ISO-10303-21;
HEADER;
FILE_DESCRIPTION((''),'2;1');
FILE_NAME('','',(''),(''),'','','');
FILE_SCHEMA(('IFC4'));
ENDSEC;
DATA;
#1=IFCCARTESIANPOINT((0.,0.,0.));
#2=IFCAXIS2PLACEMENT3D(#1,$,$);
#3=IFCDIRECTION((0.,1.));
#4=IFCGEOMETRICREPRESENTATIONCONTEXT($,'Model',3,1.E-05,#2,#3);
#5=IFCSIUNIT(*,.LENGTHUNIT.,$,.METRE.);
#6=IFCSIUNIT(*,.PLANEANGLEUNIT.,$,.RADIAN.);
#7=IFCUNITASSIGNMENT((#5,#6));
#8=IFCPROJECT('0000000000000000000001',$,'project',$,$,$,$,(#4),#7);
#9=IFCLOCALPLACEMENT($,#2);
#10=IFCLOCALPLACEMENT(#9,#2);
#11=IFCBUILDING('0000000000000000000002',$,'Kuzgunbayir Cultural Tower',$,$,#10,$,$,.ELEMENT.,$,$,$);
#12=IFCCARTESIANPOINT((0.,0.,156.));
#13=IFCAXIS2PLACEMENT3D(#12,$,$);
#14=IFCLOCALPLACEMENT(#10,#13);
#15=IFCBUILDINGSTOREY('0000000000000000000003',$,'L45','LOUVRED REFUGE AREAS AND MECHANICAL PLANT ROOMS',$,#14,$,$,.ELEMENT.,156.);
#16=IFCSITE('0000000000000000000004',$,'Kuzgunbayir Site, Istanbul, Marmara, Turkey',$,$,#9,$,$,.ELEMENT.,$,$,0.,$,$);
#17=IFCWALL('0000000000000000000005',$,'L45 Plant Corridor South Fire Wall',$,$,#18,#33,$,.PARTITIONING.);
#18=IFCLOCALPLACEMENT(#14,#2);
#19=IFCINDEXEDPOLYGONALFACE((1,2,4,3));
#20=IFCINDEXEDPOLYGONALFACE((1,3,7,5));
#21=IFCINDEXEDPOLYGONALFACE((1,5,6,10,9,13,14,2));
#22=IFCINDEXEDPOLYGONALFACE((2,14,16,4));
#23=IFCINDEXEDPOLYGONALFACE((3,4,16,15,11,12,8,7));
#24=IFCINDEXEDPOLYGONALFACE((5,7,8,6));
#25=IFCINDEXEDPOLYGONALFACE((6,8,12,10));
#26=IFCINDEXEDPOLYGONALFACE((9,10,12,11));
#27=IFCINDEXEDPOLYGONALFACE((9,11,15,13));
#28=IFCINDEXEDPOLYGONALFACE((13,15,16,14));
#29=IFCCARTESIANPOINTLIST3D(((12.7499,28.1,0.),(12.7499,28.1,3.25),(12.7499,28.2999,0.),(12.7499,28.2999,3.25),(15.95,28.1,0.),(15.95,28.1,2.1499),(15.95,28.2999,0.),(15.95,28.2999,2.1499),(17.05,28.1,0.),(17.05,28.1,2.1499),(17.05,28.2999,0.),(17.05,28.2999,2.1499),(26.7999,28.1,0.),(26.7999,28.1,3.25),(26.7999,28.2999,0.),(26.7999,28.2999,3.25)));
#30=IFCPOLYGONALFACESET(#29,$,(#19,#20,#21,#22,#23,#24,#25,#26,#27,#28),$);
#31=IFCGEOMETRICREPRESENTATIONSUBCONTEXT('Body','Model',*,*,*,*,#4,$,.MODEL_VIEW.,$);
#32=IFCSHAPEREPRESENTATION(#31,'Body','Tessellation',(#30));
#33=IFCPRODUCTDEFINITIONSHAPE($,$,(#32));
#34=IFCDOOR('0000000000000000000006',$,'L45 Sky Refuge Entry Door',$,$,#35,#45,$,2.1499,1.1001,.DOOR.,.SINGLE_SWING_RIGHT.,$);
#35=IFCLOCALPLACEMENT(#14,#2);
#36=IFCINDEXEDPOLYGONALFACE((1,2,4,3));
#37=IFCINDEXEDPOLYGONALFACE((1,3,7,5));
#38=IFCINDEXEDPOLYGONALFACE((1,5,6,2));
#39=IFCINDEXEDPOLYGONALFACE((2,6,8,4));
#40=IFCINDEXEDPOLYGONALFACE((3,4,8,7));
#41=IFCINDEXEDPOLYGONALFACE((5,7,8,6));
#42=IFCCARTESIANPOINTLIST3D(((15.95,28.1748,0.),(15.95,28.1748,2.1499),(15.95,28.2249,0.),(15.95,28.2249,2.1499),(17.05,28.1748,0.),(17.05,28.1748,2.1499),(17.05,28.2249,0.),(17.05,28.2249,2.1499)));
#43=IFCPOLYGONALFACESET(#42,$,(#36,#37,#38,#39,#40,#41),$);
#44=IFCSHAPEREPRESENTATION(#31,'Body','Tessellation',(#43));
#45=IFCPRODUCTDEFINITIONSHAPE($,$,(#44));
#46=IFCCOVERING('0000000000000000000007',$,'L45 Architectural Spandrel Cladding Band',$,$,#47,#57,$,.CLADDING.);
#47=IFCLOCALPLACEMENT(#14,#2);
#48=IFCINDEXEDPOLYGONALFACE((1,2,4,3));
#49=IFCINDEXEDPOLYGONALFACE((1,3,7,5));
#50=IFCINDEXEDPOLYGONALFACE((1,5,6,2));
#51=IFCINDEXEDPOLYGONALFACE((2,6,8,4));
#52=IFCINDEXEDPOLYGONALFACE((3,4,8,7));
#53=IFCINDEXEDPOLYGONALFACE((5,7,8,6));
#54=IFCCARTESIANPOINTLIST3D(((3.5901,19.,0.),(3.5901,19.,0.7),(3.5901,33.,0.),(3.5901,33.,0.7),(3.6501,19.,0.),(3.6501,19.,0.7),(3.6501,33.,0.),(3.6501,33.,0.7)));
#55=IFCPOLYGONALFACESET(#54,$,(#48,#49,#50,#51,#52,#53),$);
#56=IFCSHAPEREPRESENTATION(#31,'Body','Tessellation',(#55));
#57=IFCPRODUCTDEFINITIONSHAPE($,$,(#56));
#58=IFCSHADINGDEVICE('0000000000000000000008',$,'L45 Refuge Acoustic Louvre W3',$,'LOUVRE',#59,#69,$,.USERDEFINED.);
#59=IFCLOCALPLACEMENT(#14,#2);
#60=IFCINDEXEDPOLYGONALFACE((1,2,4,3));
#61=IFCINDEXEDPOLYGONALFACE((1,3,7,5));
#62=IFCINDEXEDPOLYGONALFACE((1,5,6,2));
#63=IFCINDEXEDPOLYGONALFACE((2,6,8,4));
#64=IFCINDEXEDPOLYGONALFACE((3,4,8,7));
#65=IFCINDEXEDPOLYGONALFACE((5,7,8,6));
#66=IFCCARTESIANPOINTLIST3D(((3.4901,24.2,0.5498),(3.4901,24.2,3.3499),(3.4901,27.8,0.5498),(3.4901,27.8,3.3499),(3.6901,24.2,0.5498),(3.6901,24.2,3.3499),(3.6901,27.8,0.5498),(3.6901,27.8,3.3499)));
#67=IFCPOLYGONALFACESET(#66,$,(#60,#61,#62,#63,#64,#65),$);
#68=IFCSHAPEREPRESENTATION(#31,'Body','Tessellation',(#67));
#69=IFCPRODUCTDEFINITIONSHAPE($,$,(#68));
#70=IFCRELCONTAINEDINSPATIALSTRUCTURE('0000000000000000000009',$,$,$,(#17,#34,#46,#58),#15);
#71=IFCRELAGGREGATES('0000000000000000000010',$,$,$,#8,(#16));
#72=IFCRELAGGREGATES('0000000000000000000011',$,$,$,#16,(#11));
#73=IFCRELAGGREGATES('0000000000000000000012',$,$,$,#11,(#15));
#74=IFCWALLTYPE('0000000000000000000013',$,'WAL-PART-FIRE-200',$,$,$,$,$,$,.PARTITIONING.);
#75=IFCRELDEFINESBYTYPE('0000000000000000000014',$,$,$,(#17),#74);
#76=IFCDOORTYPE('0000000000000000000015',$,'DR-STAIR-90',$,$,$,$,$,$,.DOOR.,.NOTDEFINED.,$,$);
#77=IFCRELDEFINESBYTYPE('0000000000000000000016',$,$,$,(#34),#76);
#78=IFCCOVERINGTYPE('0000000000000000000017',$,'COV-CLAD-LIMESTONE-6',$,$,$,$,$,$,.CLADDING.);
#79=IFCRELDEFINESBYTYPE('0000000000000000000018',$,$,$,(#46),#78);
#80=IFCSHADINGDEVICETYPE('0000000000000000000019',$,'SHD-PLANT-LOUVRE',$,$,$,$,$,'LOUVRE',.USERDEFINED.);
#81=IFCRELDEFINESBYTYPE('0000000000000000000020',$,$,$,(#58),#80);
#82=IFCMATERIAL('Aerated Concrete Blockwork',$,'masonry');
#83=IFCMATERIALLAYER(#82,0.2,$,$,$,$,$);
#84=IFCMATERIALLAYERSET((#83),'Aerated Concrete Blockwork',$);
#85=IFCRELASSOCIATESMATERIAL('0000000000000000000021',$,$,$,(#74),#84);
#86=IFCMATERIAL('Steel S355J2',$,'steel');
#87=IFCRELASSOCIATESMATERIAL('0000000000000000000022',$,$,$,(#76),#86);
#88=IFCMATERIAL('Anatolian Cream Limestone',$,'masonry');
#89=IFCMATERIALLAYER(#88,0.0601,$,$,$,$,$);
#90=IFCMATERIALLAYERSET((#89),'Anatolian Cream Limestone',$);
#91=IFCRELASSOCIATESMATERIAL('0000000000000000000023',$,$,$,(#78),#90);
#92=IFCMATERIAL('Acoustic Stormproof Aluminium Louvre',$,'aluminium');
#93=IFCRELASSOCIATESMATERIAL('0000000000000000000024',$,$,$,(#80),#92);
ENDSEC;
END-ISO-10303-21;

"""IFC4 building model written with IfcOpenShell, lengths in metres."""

from ifc_helpers import new_model, si_unit, direction, frame, frame_2d, origin, origin_2d, place, context, subcontext, project, spatial, rectangle, extrude, material, layer, layer_set, type_object, element, fill, save


model = new_model("IFC4")

# Units and contexts
model_context = context("Model", 3, precision=1e-05, world=origin(), true_north=direction((0.0, 1.0)))
body_context = subcontext(model_context, "Body", "Model", "MODEL_VIEW")
ifc_project = project(units=[si_unit("LENGTHUNIT", "METRE"), si_unit("PLANEANGLEUNIT", "RADIAN")], contexts=[model_context])

# Site, building, storey
site_placement = place(None, origin())
site = spatial("IfcSite", under=ifc_project, at=site_placement, Name="Kuzgunbayir Site, Istanbul, Marmara, Turkey", CompositionType="ELEMENT", RefElevation=0.0)
building_placement = place(site_placement, origin())
building = spatial("IfcBuilding", under=site, at=building_placement, Name="Kuzgunbayir Cultural Tower", CompositionType="ELEMENT")
storey_placement = place(building_placement, frame((0.0, 0.0, 156.0)))
storey = spatial("IfcBuildingStorey", under=building, at=storey_placement, Name="L45", Description="LOUVRED REFUGE AREAS AND MECHANICAL PLANT ROOMS", CompositionType="ELEMENT", Elevation=156.0)

# Shared definitions
ifc_material_1 = material(Name="Steel S355J2", Category="steel")

# Wall, opening, door
ifc_material_2 = material(Name="Aerated Concrete Blockwork", Category="masonry")
ifc_layer_1 = layer(ifc_material_2, 0.2)
ifc_layer_set_1 = layer_set([ifc_layer_1], Name="Aerated Concrete Blockwork")
wall_type = type_object("IfcWallType", Name="WAL-PART-FIRE-200", PredefinedType="PARTITIONING", material=ifc_layer_set_1)
wall_placement = place(storey_placement, frame((12.75, 28.2, 0.0), z_axis=(0.0, 0.0, 1.0), x_axis=(1.0, 0.0, 0.0)))
wall = element("IfcWall", 1, at=wall_placement, inside=storey, type_object=wall_type, Name="L45 Plant Corridor South Fire Wall", PredefinedType="PARTITIONING", context=body_context, shape_type="SweptSolid", body=[
    extrude(rectangle(XDim=14.05, YDim=0.2, at=frame_2d((7.0249, 0.0))), origin(), (0.0, 0.0, 1.0), 3.25),
])
opening_placement = place(wall_placement, frame((3.2, 0.0, 0.0)))
opening = element("IfcOpeningElement", 2, at=opening_placement, cuts=wall, PredefinedType="OPENING", context=body_context, shape_type="SweptSolid", body=[
    extrude(rectangle(XDim=1.1001, YDim=2.1499, at=frame_2d((0.55, 1.075))), frame((0.0, 0.1099, 0.0), z_axis=(0.0, -1.0, 0.0), x_axis=(1.0, 0.0, 0.0)), (0.0, 0.0, 1.0), 0.22),
])
door_type = type_object("IfcDoorType", Name="DR-STAIR-90", OperationType="NOTDEFINED", PredefinedType="DOOR", material=ifc_material_1)
door_placement = place(opening_placement, origin())
door = element("IfcDoor", 3, at=door_placement, inside=storey, type_object=door_type, Name="L45 Sky Refuge Entry Door", OperationType="SINGLE_SWING_RIGHT", OverallHeight=2.1499, OverallWidth=1.1001, PredefinedType="DOOR", context=body_context, shape_type="SweptSolid", body=[
    extrude(rectangle(XDim=1.1001, YDim=2.1499, at=frame_2d((0.55, 1.075))), frame((0.0, 0.0249, 0.0), z_axis=(0.0, -1.0, 0.0), x_axis=(1.0, 0.0, 0.0)), (0.0, 0.0, 1.0), 0.05),
])
fill(opening, door)

# Covering
ifc_material_3 = material(Name="Anatolian Cream Limestone", Category="masonry")
ifc_layer_2 = layer(ifc_material_3, 0.0601)
ifc_layer_set_2 = layer_set([ifc_layer_2], Name="Anatolian Cream Limestone")
covering_type = type_object("IfcCoveringType", Name="COV-CLAD-LIMESTONE-6", PredefinedType="CLADDING", material=ifc_layer_set_2)
covering_placement = place(storey_placement, frame((3.6201, 26.0, 0.0), z_axis=(0.0, 0.0, 1.0), x_axis=(1.0, 0.0, 0.0)))
element("IfcCovering", 4, at=covering_placement, inside=storey, type_object=covering_type, Name="L45 Architectural Spandrel Cladding Band", PredefinedType="CLADDING", context=body_context, shape_type="SweptSolid", body=[
    extrude(rectangle(XDim=0.0601, YDim=14.0, at=origin_2d()), origin(), (0.0, 0.0, 1.0), 0.7),
])

# Shading device
ifc_material_4 = material(Name="Acoustic Stormproof Aluminium Louvre", Category="aluminium")
shading_device_type = type_object("IfcShadingDeviceType", Name="SHD-PLANT-LOUVRE", ElementType="LOUVRE", PredefinedType="USERDEFINED", material=ifc_material_4)
shading_device_placement = place(storey_placement, frame((3.5901, 26.0, 0.5498), z_axis=(0.0, 0.0, 1.0), x_axis=(1.0, 0.0, 0.0)))
element("IfcShadingDevice", 5, at=shading_device_placement, inside=storey, type_object=shading_device_type, Name="L45 Refuge Acoustic Louvre W3", ObjectType="LOUVRE", PredefinedType="USERDEFINED", context=body_context, shape_type="SweptSolid", body=[
    extrude(rectangle(XDim=0.2, YDim=3.6001, at=origin_2d()), origin(), (0.0, 0.0, 1.0), 2.8),
])

save(model, "model.ifc")
